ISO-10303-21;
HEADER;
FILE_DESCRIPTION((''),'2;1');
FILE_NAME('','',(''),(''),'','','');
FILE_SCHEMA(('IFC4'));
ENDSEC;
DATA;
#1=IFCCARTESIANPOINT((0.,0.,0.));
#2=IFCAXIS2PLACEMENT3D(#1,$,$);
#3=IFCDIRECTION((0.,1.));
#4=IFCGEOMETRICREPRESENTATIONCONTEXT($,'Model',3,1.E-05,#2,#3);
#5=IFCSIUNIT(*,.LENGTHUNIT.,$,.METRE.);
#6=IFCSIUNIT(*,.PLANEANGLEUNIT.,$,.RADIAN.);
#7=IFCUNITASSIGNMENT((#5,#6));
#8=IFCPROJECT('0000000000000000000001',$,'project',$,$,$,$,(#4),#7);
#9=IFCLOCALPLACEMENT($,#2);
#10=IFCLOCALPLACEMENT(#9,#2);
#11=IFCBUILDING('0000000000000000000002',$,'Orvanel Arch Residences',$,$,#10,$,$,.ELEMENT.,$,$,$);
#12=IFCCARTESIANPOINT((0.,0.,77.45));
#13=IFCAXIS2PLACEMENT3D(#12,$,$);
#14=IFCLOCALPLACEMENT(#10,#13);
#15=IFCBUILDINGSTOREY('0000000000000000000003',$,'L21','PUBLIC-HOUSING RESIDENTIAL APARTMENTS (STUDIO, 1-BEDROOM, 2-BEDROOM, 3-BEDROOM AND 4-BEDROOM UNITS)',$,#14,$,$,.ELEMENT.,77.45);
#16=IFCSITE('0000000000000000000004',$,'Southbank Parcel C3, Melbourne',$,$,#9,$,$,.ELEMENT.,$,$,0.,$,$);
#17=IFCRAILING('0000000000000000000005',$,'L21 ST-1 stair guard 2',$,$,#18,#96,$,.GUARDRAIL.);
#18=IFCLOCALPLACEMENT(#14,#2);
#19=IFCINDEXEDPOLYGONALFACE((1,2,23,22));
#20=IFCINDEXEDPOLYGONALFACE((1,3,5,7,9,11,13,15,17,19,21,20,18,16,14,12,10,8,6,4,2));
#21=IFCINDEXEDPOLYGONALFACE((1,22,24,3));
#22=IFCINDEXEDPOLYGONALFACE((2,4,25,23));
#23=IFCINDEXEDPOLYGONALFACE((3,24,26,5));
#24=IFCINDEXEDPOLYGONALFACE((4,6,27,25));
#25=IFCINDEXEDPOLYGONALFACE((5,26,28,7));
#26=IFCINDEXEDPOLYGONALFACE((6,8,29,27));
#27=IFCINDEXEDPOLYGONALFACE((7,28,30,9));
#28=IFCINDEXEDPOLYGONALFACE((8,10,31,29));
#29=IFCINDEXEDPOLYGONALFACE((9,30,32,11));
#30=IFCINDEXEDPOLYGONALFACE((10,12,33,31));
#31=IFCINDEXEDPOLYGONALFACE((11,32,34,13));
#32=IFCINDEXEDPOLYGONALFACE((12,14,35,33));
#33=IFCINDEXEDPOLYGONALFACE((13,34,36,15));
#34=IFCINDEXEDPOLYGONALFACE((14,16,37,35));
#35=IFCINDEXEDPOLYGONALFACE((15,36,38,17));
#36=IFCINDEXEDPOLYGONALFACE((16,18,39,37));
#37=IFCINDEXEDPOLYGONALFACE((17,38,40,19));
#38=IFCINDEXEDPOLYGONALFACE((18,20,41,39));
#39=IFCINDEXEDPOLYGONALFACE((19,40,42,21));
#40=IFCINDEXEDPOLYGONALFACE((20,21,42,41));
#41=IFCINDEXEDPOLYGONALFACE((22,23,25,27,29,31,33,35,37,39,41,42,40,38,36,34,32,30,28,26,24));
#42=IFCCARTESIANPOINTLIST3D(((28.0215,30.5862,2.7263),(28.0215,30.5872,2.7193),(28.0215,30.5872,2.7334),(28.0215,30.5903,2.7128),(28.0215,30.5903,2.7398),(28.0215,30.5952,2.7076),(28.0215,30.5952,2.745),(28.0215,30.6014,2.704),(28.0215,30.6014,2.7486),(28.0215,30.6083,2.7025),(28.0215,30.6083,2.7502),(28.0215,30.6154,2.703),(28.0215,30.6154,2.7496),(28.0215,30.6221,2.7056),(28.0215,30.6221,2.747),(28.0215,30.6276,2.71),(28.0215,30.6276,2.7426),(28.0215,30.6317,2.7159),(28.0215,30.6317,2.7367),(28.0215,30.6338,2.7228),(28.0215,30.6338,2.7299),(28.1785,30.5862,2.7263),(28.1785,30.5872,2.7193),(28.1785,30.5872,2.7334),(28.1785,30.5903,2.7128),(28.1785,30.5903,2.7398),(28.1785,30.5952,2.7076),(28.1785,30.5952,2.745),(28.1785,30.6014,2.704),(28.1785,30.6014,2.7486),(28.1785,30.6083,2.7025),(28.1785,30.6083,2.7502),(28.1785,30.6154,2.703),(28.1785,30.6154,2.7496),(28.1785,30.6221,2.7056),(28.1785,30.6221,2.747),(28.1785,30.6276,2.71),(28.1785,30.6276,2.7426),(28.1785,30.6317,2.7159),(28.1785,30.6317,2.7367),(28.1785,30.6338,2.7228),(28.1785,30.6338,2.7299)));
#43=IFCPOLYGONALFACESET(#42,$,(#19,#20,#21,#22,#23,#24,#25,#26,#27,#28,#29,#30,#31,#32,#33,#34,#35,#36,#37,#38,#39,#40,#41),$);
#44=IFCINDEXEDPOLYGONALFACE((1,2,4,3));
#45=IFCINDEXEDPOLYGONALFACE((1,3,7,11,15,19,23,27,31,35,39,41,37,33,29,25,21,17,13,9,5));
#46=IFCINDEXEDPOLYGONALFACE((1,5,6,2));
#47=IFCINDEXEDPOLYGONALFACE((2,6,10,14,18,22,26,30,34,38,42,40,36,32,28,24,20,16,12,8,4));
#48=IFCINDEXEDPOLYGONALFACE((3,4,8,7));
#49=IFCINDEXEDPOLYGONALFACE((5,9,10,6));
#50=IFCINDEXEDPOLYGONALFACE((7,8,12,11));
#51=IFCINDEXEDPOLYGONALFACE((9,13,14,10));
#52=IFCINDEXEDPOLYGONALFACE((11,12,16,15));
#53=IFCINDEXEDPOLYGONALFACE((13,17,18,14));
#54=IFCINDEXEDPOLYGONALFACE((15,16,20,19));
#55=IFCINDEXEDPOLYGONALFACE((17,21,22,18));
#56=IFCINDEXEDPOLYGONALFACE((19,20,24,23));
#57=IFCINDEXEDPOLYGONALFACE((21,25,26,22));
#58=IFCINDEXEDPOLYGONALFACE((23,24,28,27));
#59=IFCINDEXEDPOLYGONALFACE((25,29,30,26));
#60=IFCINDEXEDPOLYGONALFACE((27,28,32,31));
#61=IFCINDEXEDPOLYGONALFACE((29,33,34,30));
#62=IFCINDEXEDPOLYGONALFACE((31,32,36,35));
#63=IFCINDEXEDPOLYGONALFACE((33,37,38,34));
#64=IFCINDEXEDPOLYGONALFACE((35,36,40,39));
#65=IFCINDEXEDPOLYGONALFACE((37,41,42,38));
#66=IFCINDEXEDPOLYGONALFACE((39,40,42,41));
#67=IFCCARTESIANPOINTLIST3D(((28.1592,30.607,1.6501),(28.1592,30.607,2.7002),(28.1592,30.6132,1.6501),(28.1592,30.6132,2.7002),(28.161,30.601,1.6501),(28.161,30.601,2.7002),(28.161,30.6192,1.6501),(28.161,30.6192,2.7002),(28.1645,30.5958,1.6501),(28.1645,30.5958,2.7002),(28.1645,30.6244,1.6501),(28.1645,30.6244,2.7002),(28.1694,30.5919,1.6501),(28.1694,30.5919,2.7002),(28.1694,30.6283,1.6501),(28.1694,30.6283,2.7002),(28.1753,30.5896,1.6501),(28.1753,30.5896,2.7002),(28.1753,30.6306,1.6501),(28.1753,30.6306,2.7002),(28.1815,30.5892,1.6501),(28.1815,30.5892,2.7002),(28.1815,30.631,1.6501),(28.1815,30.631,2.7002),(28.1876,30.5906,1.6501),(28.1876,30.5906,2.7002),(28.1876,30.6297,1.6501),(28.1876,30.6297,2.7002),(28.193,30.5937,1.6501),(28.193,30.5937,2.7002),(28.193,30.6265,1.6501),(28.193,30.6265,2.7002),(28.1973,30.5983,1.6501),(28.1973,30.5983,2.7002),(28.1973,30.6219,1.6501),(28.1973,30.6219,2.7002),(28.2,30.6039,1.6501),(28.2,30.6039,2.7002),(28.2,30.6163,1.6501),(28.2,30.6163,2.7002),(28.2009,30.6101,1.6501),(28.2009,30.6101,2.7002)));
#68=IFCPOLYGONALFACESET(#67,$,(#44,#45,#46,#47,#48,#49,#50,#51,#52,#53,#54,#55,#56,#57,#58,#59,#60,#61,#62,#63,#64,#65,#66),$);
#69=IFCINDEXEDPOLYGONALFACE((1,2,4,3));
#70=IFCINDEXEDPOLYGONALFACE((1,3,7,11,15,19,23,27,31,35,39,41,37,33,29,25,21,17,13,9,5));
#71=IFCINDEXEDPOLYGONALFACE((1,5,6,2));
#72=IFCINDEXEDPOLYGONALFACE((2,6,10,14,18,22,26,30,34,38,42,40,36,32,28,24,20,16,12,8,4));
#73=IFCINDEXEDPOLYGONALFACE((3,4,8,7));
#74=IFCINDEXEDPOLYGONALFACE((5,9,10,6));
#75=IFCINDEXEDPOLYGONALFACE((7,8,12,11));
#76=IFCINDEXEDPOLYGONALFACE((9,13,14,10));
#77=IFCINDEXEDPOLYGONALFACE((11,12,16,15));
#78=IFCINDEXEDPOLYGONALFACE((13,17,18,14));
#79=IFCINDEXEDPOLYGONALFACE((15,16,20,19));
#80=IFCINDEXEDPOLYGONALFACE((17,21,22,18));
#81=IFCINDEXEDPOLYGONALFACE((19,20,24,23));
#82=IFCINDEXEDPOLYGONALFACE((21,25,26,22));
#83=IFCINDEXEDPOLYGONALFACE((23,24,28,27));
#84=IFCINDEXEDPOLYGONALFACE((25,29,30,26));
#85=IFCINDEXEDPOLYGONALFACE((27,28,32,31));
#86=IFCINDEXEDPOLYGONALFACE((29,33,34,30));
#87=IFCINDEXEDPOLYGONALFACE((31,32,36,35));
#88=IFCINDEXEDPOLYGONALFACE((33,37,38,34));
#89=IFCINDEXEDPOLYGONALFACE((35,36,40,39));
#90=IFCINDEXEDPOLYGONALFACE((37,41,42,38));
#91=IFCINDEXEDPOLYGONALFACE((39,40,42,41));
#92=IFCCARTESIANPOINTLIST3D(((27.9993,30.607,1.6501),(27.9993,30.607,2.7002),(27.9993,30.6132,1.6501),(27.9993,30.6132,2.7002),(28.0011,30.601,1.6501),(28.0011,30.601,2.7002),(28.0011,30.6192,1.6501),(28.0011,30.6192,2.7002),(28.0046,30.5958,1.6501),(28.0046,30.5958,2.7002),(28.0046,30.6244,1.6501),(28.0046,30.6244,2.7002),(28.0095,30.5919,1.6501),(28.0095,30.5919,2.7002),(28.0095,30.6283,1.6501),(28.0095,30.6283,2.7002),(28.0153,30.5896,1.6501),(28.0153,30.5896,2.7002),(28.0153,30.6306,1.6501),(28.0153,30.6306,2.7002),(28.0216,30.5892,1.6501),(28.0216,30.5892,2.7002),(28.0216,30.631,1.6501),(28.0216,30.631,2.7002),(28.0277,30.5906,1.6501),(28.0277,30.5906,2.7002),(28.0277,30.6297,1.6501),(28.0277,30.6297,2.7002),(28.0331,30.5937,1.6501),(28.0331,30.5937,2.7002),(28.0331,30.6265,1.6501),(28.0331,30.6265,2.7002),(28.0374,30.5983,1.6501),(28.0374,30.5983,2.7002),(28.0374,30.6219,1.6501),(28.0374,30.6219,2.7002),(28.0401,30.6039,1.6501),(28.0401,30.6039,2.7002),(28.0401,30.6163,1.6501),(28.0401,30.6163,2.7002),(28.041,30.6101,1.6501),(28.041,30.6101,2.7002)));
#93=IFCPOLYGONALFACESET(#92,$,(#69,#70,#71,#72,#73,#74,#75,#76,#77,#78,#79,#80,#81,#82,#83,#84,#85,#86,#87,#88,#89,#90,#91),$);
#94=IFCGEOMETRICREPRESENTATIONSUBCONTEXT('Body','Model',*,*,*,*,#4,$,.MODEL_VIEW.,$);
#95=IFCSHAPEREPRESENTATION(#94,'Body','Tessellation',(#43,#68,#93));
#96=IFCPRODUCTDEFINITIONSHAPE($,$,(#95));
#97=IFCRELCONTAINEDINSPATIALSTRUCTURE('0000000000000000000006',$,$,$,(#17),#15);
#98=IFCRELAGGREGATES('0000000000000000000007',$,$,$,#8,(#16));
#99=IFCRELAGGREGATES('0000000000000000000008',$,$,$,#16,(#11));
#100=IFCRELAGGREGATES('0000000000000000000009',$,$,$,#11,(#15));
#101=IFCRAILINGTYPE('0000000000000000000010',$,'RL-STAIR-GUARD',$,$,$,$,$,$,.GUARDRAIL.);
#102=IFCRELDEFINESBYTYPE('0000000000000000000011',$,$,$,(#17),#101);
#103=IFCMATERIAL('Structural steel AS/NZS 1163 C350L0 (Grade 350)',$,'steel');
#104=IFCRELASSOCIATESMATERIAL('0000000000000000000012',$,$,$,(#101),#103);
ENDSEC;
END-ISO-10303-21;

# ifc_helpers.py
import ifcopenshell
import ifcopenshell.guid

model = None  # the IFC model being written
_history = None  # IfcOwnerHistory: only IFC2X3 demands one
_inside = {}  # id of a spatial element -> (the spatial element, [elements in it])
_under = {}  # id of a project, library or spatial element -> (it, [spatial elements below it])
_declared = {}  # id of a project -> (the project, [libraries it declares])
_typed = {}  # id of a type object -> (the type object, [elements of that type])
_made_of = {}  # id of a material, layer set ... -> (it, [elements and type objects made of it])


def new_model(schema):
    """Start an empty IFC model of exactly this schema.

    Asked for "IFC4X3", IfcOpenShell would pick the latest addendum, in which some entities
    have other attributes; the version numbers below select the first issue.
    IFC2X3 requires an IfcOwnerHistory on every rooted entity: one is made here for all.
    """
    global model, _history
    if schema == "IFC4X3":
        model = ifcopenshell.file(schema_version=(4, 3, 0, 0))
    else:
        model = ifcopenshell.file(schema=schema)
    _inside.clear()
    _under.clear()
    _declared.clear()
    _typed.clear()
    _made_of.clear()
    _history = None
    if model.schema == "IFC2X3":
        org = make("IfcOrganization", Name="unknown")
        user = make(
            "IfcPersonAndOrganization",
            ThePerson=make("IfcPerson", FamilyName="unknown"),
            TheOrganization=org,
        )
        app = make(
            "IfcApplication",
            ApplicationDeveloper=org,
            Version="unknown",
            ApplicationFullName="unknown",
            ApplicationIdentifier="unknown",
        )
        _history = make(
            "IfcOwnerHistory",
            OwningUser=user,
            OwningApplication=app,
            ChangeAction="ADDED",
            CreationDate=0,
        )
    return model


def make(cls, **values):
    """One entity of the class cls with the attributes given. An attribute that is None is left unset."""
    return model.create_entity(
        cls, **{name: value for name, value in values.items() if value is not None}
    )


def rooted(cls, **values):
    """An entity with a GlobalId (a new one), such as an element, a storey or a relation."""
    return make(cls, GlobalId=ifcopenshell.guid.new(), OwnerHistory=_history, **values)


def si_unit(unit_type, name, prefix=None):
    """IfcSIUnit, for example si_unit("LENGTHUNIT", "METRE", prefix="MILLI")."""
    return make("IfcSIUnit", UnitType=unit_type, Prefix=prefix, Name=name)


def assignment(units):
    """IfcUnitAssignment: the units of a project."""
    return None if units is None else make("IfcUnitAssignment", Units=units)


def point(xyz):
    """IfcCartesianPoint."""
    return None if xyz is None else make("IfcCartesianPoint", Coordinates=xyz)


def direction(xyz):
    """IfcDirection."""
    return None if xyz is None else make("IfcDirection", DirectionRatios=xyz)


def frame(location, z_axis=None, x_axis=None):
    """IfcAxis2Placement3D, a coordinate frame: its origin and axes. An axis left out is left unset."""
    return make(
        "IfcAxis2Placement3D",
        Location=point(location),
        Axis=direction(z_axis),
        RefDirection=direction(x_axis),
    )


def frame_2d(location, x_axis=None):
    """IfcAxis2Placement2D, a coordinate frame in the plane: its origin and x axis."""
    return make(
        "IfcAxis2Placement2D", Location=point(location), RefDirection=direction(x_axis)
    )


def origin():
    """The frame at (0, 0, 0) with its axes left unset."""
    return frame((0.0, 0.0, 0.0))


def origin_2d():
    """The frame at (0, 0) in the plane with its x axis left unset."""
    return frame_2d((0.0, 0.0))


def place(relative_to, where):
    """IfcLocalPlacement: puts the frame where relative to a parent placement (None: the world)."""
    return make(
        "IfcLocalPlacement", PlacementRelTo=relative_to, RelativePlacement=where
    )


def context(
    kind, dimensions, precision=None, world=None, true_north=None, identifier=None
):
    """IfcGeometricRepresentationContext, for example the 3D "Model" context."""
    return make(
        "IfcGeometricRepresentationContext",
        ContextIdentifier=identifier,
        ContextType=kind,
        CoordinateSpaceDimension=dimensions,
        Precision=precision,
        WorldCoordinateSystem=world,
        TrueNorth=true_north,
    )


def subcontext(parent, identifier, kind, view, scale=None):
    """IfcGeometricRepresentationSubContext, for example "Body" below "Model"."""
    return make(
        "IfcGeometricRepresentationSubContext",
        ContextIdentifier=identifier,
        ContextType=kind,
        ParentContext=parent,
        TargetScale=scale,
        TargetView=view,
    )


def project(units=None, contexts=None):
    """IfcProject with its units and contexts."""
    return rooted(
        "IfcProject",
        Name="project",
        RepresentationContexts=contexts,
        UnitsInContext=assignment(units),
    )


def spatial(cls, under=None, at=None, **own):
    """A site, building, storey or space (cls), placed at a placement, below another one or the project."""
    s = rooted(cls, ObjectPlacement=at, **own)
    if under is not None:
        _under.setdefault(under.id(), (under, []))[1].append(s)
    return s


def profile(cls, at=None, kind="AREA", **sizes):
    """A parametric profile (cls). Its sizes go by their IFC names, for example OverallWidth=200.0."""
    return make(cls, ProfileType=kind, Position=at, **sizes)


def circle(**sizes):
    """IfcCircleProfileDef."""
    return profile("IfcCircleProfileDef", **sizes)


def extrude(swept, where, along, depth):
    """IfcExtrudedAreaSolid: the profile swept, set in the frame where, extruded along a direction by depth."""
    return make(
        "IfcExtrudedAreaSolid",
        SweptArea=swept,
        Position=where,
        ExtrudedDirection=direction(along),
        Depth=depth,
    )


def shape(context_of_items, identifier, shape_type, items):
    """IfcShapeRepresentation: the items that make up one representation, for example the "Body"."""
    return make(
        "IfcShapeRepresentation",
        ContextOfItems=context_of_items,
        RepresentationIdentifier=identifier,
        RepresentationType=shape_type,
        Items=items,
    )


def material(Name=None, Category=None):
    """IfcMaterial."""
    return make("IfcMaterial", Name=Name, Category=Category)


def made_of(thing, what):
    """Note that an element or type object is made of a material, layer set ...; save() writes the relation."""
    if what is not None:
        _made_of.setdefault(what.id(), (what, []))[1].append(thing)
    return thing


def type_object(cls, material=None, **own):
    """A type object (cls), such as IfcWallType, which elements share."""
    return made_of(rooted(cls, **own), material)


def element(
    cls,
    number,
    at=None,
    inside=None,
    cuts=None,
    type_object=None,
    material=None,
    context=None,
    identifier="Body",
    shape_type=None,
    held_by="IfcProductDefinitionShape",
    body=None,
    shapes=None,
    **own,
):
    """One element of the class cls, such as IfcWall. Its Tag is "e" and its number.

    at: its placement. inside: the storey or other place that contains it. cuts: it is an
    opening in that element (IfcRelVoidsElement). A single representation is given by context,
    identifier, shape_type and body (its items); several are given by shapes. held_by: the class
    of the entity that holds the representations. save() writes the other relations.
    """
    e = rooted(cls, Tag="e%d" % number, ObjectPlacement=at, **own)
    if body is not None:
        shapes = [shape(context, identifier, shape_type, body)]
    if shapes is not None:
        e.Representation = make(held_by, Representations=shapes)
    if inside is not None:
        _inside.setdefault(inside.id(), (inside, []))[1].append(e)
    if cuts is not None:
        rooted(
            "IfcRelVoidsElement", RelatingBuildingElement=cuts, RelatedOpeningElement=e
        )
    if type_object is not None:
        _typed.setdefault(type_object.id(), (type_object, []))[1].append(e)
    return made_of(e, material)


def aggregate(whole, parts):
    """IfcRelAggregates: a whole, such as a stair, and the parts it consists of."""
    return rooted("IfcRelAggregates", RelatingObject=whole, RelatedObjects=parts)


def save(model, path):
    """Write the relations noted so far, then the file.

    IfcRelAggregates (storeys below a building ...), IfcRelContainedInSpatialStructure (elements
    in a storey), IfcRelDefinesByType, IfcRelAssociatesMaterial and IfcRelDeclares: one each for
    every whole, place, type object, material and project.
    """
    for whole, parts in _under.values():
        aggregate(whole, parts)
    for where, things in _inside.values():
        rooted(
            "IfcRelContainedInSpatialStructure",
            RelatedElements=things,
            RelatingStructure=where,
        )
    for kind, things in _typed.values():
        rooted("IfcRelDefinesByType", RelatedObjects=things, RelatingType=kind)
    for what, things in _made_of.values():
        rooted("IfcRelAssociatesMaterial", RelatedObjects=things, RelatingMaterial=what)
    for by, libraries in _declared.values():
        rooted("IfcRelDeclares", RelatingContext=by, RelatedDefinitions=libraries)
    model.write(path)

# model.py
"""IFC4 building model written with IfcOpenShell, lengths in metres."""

from ifc_helpers import new_model, si_unit, direction, frame, origin, origin_2d, place, context, subcontext, project, spatial, circle, extrude, material, type_object, element, save


model = new_model("IFC4")

# Units and contexts
model_context = context("Model", 3, precision=1e-05, world=origin(), true_north=direction((0.0, 1.0)))
body_context = subcontext(model_context, "Body", "Model", "MODEL_VIEW")
ifc_project = project(units=[si_unit("LENGTHUNIT", "METRE"), si_unit("PLANEANGLEUNIT", "RADIAN")], contexts=[model_context])

# Site, building, storey
site_placement = place(None, origin())
site = spatial("IfcSite", under=ifc_project, at=site_placement, Name="Southbank Parcel C3, Melbourne", CompositionType="ELEMENT", RefElevation=0.0)
building_placement = place(site_placement, origin())
building = spatial("IfcBuilding", under=site, at=building_placement, Name="Orvanel Arch Residences", CompositionType="ELEMENT")
storey_placement = place(building_placement, frame((0.0, 0.0, 77.45)))
storey = spatial("IfcBuildingStorey", under=building, at=storey_placement, Name="L21", Description="PUBLIC-HOUSING RESIDENTIAL APARTMENTS (STUDIO, 1-BEDROOM, 2-BEDROOM, 3-BEDROOM AND 4-BEDROOM UNITS)", CompositionType="ELEMENT", Elevation=77.45)

# Railing
ifc_material_1 = material(Name="Structural steel AS/NZS 1163 C350L0 (Grade 350)", Category="steel")
railing_type_1 = type_object("IfcRailingType", Name="RL-STAIR-GUARD", PredefinedType="GUARDRAIL", material=ifc_material_1)
railing_1_placement = place(storey_placement, frame((28.1799, 30.6101, 1.6501)))
element("IfcRailing", 1, at=railing_1_placement, inside=storey, type_object=railing_type_1, Name="L21 ST-1 stair guard 2", PredefinedType="GUARDRAIL", context=body_context, shape_type="SweptSolid", body=[
    extrude(circle(Radius=0.0239, at=origin_2d()), frame((-0.0015, 0.0, 1.0762), z_axis=(-1.0, 0.0, 0.0), x_axis=(0.0, -1.0, 0.0)), (0.0, 0.0, 1.0), 0.157),
    extrude(circle(Radius=0.021, at=origin_2d()), origin(), (0.0, 0.0, 1.0), 1.05),
    extrude(circle(Radius=0.021, at=origin_2d()), frame((-0.1599, 0.0, 0.0)), (0.0, 0.0, 1.0), 1.05),
])

save(model, "model.ifc")
